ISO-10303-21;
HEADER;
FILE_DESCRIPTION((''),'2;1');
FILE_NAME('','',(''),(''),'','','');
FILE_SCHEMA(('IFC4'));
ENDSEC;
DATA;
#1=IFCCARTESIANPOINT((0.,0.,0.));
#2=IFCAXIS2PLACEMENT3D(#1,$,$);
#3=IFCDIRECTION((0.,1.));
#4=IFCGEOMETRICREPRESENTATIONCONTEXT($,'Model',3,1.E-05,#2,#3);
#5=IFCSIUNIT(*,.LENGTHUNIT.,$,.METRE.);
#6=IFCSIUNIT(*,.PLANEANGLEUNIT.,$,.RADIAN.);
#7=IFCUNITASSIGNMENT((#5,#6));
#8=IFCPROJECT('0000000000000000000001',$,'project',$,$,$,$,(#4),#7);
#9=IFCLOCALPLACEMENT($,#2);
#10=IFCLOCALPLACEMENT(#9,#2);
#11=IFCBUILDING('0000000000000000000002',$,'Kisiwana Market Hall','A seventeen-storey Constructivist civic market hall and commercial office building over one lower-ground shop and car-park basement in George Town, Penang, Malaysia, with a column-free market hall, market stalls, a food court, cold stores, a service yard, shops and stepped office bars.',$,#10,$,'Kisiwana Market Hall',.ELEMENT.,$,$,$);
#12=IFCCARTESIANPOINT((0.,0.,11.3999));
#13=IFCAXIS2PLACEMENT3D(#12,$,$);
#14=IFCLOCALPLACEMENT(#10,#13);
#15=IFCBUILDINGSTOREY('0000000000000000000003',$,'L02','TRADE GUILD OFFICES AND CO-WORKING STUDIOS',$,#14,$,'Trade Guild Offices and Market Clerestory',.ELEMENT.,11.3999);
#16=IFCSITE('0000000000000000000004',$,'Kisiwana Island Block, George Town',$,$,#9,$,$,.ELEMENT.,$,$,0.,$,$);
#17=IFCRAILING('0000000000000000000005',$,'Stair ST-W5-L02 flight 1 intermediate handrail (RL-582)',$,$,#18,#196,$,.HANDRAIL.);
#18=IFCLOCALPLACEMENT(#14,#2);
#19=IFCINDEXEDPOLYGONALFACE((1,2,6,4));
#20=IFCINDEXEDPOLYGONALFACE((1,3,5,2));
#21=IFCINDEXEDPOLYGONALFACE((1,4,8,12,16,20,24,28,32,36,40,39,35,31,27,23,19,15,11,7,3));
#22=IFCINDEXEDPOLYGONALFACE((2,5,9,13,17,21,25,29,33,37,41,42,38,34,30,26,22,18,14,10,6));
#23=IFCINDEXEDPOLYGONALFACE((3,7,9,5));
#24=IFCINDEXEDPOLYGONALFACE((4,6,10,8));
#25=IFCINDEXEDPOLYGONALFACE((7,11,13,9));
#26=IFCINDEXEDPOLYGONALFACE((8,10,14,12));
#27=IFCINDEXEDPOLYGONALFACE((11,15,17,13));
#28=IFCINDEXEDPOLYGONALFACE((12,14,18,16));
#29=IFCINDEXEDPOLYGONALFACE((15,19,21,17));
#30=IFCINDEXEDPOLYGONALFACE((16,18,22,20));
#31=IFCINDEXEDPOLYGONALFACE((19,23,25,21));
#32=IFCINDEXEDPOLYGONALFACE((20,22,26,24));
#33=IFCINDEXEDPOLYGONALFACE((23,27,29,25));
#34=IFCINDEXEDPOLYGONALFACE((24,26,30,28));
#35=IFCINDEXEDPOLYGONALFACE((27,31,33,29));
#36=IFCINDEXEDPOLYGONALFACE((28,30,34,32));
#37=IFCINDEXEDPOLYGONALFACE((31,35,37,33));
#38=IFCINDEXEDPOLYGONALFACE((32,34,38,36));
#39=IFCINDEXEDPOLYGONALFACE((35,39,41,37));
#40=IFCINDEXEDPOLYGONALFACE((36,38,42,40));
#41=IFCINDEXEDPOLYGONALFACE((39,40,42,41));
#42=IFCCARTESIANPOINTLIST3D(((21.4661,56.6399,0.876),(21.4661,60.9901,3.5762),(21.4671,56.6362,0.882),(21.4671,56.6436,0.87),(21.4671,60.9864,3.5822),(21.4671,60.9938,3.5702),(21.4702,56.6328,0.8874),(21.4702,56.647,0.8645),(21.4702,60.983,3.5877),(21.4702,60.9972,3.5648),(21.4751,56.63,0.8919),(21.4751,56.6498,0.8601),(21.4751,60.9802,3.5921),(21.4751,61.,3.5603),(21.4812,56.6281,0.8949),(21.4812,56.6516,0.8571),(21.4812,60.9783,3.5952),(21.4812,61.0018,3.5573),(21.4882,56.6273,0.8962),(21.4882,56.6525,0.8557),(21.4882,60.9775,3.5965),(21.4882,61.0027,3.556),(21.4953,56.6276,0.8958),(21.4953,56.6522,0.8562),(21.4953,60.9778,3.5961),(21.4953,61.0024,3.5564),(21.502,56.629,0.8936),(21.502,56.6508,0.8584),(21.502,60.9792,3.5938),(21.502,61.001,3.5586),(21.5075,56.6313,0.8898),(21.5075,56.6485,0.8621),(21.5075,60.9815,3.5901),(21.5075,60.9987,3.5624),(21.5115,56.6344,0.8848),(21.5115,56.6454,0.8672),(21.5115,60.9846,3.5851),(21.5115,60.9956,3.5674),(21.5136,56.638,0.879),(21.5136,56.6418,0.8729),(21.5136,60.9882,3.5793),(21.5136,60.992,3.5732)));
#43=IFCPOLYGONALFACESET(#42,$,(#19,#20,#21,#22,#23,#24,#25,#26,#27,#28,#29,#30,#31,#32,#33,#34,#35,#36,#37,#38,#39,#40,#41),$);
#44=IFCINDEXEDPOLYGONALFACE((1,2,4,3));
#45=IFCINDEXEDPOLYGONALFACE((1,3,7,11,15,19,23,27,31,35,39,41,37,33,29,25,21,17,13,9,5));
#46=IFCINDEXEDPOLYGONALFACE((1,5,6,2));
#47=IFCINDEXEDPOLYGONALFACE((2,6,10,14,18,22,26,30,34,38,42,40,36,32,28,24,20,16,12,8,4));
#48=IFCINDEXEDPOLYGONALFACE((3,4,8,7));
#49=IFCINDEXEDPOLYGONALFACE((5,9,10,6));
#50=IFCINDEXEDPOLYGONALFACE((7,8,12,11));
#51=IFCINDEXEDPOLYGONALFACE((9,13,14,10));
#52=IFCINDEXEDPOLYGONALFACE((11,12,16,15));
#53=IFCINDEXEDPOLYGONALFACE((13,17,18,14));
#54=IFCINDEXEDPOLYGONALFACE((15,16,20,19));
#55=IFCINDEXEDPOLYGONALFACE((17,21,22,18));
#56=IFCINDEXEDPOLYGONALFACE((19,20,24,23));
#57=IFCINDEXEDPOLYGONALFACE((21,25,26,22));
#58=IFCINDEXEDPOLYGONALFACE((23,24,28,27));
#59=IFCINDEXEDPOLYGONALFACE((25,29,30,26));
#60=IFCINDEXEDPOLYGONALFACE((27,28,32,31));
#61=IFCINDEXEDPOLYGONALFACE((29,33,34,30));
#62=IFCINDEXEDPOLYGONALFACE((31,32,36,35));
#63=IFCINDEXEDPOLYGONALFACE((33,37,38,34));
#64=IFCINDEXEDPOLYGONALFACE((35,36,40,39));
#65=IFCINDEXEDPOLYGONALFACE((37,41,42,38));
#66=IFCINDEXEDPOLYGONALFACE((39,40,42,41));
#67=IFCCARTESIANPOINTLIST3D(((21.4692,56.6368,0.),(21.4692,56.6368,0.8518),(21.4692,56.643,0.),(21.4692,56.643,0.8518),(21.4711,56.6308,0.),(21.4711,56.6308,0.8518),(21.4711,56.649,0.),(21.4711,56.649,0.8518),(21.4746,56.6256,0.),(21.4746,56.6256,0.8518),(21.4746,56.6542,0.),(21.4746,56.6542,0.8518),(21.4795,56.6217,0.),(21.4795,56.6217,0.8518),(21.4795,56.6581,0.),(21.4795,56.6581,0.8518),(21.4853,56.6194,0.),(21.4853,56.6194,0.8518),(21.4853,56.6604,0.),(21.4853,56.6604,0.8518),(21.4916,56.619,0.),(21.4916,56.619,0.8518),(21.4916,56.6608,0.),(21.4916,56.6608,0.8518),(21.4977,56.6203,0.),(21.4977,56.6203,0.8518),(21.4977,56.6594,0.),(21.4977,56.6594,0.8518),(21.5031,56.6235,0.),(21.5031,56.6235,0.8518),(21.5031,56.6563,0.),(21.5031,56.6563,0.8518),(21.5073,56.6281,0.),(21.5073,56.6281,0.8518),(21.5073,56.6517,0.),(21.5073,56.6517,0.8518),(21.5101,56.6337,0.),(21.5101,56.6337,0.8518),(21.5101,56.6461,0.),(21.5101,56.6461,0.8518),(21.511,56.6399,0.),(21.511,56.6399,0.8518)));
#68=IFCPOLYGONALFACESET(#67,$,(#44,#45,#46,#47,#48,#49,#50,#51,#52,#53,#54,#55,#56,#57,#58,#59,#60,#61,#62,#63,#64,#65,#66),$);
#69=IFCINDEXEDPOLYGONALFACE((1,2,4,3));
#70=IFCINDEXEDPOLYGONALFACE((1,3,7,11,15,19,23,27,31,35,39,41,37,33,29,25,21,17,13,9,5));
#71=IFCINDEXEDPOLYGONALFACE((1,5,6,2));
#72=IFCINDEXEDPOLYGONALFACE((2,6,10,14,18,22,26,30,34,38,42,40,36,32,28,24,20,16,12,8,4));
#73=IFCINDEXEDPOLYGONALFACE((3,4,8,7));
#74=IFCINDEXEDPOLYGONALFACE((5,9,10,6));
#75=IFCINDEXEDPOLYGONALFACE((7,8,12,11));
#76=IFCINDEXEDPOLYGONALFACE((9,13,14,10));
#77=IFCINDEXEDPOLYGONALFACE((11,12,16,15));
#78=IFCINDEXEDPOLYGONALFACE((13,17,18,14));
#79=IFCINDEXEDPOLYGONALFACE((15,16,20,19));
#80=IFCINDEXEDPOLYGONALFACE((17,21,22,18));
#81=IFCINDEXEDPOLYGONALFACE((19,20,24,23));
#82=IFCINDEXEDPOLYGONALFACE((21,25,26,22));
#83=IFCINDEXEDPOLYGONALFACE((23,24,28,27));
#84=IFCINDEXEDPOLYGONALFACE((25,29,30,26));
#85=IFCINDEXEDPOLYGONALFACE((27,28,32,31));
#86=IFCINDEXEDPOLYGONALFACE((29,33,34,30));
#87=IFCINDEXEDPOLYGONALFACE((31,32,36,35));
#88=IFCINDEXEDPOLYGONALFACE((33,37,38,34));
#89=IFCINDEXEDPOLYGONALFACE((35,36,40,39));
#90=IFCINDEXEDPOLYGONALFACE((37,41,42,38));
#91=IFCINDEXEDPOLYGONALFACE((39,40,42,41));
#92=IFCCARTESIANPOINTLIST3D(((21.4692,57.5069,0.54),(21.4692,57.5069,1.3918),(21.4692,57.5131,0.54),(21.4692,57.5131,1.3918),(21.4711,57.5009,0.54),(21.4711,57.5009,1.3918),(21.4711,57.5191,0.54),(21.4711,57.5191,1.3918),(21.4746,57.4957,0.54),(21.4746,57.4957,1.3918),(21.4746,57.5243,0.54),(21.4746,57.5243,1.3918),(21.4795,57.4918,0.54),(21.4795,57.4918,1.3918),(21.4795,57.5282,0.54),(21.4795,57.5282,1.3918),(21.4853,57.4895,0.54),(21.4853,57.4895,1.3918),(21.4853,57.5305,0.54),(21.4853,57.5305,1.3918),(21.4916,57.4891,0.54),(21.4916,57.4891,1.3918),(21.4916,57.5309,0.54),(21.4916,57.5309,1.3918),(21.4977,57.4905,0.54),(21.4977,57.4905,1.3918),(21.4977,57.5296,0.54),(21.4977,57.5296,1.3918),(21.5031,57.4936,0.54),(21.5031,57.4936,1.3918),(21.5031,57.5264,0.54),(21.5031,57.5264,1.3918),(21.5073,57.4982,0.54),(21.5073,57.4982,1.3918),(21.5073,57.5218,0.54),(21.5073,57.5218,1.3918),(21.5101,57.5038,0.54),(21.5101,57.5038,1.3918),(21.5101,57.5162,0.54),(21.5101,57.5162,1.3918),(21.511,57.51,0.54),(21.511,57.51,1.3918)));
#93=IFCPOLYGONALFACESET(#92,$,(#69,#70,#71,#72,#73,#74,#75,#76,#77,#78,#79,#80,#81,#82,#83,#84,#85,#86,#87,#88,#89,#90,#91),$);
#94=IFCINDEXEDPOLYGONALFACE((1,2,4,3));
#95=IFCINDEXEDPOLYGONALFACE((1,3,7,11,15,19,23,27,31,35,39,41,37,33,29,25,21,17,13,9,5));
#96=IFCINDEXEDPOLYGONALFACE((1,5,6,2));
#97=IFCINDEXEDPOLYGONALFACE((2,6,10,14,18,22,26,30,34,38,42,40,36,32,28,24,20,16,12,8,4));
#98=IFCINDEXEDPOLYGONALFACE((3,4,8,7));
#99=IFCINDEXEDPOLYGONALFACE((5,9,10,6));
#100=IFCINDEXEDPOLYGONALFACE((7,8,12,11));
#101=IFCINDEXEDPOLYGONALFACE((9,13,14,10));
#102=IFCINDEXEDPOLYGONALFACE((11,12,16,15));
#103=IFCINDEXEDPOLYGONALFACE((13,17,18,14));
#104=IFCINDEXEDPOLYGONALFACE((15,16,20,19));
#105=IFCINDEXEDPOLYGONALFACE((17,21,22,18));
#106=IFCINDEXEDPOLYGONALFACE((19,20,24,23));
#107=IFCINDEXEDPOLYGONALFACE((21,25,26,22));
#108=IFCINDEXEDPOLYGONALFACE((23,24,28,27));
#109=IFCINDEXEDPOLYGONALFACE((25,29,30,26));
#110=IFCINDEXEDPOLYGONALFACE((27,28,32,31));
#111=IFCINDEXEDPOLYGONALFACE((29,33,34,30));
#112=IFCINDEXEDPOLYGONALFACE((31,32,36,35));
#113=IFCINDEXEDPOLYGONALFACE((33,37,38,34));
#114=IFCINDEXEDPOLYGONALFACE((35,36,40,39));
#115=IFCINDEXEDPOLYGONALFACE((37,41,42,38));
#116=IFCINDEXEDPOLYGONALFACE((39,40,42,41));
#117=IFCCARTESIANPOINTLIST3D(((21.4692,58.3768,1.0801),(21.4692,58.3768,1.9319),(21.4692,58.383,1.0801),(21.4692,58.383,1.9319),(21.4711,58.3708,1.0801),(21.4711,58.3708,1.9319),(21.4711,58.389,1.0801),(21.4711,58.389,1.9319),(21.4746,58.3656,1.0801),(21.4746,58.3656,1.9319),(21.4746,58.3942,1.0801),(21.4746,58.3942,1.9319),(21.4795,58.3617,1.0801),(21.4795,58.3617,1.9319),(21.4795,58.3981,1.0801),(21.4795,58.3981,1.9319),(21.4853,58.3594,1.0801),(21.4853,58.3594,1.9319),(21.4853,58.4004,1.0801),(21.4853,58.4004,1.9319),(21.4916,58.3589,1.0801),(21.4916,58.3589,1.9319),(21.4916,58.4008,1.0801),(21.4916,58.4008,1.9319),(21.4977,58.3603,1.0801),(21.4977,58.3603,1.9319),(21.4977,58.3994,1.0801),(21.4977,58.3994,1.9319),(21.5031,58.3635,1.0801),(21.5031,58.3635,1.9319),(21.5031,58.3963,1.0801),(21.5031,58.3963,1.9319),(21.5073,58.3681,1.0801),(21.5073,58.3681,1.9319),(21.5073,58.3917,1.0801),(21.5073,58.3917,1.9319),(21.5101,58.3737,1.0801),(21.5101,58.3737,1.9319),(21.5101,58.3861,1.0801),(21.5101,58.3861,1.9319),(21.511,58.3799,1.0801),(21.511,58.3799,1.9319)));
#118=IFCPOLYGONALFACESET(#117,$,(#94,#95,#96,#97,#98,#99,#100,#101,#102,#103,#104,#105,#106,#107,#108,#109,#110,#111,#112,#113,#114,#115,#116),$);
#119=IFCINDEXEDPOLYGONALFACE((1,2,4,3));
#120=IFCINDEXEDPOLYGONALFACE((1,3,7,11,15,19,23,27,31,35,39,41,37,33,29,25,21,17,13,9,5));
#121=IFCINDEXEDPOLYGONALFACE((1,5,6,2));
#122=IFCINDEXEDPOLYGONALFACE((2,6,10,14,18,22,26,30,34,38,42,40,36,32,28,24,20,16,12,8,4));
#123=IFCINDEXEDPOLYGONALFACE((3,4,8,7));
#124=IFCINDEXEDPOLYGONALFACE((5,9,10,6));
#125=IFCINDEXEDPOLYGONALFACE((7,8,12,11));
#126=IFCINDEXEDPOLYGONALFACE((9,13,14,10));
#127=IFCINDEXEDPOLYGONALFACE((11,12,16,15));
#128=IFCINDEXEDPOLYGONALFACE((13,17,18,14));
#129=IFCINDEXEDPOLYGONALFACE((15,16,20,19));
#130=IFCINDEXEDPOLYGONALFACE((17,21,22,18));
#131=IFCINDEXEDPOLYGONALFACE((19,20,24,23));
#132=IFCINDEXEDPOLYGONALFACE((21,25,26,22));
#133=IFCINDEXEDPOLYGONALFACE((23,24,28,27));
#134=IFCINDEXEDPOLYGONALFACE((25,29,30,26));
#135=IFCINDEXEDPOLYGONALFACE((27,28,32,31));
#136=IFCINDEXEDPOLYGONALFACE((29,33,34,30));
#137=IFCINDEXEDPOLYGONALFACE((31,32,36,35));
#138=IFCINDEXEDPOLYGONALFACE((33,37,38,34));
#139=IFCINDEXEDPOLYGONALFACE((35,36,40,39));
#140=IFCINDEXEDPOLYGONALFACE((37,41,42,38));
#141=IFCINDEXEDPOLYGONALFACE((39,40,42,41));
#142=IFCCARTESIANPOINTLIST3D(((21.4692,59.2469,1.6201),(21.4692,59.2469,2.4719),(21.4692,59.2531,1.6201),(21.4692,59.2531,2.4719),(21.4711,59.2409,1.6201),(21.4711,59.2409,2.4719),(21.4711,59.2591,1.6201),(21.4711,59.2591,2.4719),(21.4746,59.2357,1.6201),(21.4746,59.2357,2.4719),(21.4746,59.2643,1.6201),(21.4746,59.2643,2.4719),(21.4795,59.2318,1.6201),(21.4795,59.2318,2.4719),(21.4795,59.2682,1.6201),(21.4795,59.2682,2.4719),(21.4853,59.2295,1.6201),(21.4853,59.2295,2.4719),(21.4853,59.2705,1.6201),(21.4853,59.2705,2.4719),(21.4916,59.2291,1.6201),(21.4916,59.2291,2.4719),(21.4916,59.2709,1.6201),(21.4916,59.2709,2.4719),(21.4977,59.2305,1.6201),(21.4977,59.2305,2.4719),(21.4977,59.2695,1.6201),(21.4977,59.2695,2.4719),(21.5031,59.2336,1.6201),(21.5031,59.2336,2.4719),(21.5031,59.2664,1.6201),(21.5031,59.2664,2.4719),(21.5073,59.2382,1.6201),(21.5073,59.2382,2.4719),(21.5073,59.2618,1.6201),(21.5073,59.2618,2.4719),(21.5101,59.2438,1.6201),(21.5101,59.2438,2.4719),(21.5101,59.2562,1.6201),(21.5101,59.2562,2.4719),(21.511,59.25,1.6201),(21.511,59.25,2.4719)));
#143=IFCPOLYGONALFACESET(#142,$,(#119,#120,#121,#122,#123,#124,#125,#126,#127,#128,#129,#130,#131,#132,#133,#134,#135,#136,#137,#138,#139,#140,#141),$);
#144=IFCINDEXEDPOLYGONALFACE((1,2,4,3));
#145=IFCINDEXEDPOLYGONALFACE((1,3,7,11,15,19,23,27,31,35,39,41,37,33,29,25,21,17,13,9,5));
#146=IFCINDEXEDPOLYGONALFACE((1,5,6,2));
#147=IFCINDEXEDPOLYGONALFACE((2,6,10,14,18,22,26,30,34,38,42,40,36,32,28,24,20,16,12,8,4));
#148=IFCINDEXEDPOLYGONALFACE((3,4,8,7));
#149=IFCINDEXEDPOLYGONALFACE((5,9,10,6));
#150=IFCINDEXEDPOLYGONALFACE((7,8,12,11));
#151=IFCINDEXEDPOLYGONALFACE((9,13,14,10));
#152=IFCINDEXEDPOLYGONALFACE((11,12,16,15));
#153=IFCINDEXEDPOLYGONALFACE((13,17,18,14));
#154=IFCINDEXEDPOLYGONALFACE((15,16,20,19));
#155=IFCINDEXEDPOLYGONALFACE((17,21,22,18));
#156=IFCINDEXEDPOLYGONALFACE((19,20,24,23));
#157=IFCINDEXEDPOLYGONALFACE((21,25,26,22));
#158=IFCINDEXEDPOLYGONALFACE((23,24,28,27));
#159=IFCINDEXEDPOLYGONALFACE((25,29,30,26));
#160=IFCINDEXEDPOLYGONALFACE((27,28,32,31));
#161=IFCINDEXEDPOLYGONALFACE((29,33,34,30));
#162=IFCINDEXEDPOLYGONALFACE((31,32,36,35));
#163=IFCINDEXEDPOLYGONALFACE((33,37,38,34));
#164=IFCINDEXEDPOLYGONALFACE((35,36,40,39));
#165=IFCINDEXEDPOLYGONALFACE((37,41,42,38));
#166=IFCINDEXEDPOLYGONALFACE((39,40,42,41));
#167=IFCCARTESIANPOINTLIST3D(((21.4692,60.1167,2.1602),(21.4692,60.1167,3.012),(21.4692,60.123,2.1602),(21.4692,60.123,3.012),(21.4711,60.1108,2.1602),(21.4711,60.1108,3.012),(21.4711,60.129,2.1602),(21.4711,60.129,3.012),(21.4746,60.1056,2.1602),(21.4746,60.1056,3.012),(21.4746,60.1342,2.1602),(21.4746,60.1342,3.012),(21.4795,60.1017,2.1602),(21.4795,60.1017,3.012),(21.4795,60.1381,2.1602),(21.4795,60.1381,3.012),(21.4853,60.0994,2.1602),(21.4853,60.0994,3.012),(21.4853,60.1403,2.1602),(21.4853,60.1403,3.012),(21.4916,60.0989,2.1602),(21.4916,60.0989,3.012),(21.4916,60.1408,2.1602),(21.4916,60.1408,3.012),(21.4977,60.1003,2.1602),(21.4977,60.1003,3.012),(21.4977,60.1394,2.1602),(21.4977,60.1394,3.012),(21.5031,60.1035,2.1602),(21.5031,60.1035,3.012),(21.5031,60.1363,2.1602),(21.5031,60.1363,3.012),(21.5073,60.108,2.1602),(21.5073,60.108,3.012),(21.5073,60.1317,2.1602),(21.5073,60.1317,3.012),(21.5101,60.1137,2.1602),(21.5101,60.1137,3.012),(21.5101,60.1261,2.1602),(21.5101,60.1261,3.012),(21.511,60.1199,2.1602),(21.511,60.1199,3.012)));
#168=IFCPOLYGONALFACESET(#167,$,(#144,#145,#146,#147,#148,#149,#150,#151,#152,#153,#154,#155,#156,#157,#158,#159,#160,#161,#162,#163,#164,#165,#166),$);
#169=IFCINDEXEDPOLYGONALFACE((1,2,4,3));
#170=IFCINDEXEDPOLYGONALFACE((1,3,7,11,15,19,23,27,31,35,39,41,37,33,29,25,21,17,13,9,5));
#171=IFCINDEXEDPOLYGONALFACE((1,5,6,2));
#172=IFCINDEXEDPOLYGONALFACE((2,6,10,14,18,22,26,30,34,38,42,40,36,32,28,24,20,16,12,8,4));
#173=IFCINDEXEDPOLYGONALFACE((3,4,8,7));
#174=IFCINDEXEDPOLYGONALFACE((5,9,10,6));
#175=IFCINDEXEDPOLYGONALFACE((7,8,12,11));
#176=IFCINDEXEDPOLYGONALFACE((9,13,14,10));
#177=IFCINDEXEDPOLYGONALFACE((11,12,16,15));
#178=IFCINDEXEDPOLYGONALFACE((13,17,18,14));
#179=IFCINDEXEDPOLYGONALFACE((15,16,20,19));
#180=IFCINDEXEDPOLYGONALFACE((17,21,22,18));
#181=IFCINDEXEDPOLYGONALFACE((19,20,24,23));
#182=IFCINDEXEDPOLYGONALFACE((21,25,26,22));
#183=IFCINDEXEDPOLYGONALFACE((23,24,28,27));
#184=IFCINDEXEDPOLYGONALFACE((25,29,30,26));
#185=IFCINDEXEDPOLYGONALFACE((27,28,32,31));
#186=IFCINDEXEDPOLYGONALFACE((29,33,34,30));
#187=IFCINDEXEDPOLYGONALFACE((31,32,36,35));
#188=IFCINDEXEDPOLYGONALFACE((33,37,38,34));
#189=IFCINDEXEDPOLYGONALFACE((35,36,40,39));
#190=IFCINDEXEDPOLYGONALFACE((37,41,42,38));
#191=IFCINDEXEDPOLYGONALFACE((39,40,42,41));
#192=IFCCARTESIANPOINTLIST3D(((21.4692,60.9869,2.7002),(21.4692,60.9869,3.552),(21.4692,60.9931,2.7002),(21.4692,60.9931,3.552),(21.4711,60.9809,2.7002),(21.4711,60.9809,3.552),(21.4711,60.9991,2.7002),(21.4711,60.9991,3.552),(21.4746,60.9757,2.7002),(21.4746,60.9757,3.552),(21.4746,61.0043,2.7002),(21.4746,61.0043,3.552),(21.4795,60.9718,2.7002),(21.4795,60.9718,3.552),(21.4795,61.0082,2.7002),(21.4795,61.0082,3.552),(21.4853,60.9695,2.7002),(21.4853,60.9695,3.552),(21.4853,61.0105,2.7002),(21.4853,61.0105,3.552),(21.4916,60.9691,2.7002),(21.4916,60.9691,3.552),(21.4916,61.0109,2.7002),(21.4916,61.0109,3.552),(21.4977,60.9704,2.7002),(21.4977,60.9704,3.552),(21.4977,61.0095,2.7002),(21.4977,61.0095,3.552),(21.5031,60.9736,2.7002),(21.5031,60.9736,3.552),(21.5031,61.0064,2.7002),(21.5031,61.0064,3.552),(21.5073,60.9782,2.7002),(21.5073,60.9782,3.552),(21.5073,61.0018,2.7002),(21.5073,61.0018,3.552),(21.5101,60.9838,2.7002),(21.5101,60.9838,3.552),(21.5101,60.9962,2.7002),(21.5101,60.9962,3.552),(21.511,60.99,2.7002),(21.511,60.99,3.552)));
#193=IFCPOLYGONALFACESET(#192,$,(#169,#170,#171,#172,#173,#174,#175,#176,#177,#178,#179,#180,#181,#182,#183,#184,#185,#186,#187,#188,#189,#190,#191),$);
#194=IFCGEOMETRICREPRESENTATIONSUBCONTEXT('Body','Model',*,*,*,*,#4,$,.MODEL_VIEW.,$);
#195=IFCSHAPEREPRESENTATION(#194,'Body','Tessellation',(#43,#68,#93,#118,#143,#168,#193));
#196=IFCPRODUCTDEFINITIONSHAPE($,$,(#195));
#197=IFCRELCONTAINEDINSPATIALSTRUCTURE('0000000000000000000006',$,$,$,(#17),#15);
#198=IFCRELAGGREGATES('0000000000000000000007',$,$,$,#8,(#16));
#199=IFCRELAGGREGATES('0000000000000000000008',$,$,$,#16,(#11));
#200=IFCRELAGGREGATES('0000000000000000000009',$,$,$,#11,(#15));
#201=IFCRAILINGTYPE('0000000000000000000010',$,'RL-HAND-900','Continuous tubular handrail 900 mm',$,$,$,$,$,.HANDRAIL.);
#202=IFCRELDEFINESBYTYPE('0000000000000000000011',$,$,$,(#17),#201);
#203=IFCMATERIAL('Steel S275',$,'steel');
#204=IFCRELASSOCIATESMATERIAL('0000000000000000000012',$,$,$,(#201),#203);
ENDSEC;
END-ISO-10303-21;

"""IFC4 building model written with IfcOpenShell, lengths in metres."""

from ifc_helpers import new_model, si_unit, direction, frame, origin, origin_2d, place, context, subcontext, project, spatial, circle, extrude, material, type_object, element, save


model = new_model("IFC4")

# Units and contexts
model_context = context("Model", 3, precision=1e-05, world=origin(), true_north=direction((0.0, 1.0)))
body_context = subcontext(model_context, "Body", "Model", "MODEL_VIEW")
ifc_project = project(units=[si_unit("LENGTHUNIT", "METRE"), si_unit("PLANEANGLEUNIT", "RADIAN")], contexts=[model_context])

# Site, building, storey
site_placement = place(None, origin())
site = spatial("IfcSite", under=ifc_project, at=site_placement, Name="Kisiwana Island Block, George Town", CompositionType="ELEMENT", RefElevation=0.0)
building_placement = place(site_placement, origin())
building = spatial("IfcBuilding", under=site, at=building_placement, Name="Kisiwana Market Hall", Description="A seventeen-storey Constructivist civic market hall and commercial office building over one lower-ground shop and car-park basement in George Town, Penang, Malaysia, with a column-free market hall, market stalls, a food court, cold stores, a service yard, shops and stepped office bars.", LongName="Kisiwana Market Hall", CompositionType="ELEMENT")
storey_placement = place(building_placement, frame((0.0, 0.0, 11.3999)))
storey = spatial("IfcBuildingStorey", under=building, at=storey_placement, Name="L02", Description="TRADE GUILD OFFICES AND CO-WORKING STUDIOS", LongName="Trade Guild Offices and Market Clerestory", CompositionType="ELEMENT", Elevation=11.3999)

# Railing
ifc_material_1 = material(Name="Steel S275", Category="steel")
railing_type_1 = type_object("IfcRailingType", Name="RL-HAND-900", Description="Continuous tubular handrail 900 mm", PredefinedType="HANDRAIL", material=ifc_material_1)
railing_1_placement = place(storey_placement, frame((21.49, 56.6399, 0.0)))
element("IfcRailing", 1, at=railing_1_placement, inside=storey, type_object=railing_type_1, Name="Stair ST-W5-L02 flight 1 intermediate handrail (RL-582)", PredefinedType="HANDRAIL", context=body_context, shape_type="SweptSolid", body=[
    extrude(circle(Radius=0.0239, at=origin_2d()), frame((0.0, 0.0, 0.876), z_axis=(0.0, 0.849628, 0.527382), x_axis=(-1.0, 0.0, 0.0)), (0.0, 0.0, 1.0), 5.1201),
    extrude(circle(Radius=0.021, at=origin_2d()), origin(), (0.0, 0.0, 1.0), 0.8518),
    extrude(circle(Radius=0.021, at=origin_2d()), frame((0.0, 0.8701, 0.54)), (0.0, 0.0, 1.0), 0.8518),
    extrude(circle(Radius=0.021, at=origin_2d()), frame((0.0, 1.74, 1.0801)), (0.0, 0.0, 1.0), 0.8518),
    extrude(circle(Radius=0.021, at=origin_2d()), frame((0.0, 2.6101, 1.6201)), (0.0, 0.0, 1.0), 0.8518),
    extrude(circle(Radius=0.021, at=origin_2d()), frame((0.0, 3.48, 2.1602)), (0.0, 0.0, 1.0), 0.8518),
    extrude(circle(Radius=0.021, at=origin_2d()), frame((0.0, 4.3501, 2.7002)), (0.0, 0.0, 1.0), 0.8518),
])

save(model, "model.ifc")
